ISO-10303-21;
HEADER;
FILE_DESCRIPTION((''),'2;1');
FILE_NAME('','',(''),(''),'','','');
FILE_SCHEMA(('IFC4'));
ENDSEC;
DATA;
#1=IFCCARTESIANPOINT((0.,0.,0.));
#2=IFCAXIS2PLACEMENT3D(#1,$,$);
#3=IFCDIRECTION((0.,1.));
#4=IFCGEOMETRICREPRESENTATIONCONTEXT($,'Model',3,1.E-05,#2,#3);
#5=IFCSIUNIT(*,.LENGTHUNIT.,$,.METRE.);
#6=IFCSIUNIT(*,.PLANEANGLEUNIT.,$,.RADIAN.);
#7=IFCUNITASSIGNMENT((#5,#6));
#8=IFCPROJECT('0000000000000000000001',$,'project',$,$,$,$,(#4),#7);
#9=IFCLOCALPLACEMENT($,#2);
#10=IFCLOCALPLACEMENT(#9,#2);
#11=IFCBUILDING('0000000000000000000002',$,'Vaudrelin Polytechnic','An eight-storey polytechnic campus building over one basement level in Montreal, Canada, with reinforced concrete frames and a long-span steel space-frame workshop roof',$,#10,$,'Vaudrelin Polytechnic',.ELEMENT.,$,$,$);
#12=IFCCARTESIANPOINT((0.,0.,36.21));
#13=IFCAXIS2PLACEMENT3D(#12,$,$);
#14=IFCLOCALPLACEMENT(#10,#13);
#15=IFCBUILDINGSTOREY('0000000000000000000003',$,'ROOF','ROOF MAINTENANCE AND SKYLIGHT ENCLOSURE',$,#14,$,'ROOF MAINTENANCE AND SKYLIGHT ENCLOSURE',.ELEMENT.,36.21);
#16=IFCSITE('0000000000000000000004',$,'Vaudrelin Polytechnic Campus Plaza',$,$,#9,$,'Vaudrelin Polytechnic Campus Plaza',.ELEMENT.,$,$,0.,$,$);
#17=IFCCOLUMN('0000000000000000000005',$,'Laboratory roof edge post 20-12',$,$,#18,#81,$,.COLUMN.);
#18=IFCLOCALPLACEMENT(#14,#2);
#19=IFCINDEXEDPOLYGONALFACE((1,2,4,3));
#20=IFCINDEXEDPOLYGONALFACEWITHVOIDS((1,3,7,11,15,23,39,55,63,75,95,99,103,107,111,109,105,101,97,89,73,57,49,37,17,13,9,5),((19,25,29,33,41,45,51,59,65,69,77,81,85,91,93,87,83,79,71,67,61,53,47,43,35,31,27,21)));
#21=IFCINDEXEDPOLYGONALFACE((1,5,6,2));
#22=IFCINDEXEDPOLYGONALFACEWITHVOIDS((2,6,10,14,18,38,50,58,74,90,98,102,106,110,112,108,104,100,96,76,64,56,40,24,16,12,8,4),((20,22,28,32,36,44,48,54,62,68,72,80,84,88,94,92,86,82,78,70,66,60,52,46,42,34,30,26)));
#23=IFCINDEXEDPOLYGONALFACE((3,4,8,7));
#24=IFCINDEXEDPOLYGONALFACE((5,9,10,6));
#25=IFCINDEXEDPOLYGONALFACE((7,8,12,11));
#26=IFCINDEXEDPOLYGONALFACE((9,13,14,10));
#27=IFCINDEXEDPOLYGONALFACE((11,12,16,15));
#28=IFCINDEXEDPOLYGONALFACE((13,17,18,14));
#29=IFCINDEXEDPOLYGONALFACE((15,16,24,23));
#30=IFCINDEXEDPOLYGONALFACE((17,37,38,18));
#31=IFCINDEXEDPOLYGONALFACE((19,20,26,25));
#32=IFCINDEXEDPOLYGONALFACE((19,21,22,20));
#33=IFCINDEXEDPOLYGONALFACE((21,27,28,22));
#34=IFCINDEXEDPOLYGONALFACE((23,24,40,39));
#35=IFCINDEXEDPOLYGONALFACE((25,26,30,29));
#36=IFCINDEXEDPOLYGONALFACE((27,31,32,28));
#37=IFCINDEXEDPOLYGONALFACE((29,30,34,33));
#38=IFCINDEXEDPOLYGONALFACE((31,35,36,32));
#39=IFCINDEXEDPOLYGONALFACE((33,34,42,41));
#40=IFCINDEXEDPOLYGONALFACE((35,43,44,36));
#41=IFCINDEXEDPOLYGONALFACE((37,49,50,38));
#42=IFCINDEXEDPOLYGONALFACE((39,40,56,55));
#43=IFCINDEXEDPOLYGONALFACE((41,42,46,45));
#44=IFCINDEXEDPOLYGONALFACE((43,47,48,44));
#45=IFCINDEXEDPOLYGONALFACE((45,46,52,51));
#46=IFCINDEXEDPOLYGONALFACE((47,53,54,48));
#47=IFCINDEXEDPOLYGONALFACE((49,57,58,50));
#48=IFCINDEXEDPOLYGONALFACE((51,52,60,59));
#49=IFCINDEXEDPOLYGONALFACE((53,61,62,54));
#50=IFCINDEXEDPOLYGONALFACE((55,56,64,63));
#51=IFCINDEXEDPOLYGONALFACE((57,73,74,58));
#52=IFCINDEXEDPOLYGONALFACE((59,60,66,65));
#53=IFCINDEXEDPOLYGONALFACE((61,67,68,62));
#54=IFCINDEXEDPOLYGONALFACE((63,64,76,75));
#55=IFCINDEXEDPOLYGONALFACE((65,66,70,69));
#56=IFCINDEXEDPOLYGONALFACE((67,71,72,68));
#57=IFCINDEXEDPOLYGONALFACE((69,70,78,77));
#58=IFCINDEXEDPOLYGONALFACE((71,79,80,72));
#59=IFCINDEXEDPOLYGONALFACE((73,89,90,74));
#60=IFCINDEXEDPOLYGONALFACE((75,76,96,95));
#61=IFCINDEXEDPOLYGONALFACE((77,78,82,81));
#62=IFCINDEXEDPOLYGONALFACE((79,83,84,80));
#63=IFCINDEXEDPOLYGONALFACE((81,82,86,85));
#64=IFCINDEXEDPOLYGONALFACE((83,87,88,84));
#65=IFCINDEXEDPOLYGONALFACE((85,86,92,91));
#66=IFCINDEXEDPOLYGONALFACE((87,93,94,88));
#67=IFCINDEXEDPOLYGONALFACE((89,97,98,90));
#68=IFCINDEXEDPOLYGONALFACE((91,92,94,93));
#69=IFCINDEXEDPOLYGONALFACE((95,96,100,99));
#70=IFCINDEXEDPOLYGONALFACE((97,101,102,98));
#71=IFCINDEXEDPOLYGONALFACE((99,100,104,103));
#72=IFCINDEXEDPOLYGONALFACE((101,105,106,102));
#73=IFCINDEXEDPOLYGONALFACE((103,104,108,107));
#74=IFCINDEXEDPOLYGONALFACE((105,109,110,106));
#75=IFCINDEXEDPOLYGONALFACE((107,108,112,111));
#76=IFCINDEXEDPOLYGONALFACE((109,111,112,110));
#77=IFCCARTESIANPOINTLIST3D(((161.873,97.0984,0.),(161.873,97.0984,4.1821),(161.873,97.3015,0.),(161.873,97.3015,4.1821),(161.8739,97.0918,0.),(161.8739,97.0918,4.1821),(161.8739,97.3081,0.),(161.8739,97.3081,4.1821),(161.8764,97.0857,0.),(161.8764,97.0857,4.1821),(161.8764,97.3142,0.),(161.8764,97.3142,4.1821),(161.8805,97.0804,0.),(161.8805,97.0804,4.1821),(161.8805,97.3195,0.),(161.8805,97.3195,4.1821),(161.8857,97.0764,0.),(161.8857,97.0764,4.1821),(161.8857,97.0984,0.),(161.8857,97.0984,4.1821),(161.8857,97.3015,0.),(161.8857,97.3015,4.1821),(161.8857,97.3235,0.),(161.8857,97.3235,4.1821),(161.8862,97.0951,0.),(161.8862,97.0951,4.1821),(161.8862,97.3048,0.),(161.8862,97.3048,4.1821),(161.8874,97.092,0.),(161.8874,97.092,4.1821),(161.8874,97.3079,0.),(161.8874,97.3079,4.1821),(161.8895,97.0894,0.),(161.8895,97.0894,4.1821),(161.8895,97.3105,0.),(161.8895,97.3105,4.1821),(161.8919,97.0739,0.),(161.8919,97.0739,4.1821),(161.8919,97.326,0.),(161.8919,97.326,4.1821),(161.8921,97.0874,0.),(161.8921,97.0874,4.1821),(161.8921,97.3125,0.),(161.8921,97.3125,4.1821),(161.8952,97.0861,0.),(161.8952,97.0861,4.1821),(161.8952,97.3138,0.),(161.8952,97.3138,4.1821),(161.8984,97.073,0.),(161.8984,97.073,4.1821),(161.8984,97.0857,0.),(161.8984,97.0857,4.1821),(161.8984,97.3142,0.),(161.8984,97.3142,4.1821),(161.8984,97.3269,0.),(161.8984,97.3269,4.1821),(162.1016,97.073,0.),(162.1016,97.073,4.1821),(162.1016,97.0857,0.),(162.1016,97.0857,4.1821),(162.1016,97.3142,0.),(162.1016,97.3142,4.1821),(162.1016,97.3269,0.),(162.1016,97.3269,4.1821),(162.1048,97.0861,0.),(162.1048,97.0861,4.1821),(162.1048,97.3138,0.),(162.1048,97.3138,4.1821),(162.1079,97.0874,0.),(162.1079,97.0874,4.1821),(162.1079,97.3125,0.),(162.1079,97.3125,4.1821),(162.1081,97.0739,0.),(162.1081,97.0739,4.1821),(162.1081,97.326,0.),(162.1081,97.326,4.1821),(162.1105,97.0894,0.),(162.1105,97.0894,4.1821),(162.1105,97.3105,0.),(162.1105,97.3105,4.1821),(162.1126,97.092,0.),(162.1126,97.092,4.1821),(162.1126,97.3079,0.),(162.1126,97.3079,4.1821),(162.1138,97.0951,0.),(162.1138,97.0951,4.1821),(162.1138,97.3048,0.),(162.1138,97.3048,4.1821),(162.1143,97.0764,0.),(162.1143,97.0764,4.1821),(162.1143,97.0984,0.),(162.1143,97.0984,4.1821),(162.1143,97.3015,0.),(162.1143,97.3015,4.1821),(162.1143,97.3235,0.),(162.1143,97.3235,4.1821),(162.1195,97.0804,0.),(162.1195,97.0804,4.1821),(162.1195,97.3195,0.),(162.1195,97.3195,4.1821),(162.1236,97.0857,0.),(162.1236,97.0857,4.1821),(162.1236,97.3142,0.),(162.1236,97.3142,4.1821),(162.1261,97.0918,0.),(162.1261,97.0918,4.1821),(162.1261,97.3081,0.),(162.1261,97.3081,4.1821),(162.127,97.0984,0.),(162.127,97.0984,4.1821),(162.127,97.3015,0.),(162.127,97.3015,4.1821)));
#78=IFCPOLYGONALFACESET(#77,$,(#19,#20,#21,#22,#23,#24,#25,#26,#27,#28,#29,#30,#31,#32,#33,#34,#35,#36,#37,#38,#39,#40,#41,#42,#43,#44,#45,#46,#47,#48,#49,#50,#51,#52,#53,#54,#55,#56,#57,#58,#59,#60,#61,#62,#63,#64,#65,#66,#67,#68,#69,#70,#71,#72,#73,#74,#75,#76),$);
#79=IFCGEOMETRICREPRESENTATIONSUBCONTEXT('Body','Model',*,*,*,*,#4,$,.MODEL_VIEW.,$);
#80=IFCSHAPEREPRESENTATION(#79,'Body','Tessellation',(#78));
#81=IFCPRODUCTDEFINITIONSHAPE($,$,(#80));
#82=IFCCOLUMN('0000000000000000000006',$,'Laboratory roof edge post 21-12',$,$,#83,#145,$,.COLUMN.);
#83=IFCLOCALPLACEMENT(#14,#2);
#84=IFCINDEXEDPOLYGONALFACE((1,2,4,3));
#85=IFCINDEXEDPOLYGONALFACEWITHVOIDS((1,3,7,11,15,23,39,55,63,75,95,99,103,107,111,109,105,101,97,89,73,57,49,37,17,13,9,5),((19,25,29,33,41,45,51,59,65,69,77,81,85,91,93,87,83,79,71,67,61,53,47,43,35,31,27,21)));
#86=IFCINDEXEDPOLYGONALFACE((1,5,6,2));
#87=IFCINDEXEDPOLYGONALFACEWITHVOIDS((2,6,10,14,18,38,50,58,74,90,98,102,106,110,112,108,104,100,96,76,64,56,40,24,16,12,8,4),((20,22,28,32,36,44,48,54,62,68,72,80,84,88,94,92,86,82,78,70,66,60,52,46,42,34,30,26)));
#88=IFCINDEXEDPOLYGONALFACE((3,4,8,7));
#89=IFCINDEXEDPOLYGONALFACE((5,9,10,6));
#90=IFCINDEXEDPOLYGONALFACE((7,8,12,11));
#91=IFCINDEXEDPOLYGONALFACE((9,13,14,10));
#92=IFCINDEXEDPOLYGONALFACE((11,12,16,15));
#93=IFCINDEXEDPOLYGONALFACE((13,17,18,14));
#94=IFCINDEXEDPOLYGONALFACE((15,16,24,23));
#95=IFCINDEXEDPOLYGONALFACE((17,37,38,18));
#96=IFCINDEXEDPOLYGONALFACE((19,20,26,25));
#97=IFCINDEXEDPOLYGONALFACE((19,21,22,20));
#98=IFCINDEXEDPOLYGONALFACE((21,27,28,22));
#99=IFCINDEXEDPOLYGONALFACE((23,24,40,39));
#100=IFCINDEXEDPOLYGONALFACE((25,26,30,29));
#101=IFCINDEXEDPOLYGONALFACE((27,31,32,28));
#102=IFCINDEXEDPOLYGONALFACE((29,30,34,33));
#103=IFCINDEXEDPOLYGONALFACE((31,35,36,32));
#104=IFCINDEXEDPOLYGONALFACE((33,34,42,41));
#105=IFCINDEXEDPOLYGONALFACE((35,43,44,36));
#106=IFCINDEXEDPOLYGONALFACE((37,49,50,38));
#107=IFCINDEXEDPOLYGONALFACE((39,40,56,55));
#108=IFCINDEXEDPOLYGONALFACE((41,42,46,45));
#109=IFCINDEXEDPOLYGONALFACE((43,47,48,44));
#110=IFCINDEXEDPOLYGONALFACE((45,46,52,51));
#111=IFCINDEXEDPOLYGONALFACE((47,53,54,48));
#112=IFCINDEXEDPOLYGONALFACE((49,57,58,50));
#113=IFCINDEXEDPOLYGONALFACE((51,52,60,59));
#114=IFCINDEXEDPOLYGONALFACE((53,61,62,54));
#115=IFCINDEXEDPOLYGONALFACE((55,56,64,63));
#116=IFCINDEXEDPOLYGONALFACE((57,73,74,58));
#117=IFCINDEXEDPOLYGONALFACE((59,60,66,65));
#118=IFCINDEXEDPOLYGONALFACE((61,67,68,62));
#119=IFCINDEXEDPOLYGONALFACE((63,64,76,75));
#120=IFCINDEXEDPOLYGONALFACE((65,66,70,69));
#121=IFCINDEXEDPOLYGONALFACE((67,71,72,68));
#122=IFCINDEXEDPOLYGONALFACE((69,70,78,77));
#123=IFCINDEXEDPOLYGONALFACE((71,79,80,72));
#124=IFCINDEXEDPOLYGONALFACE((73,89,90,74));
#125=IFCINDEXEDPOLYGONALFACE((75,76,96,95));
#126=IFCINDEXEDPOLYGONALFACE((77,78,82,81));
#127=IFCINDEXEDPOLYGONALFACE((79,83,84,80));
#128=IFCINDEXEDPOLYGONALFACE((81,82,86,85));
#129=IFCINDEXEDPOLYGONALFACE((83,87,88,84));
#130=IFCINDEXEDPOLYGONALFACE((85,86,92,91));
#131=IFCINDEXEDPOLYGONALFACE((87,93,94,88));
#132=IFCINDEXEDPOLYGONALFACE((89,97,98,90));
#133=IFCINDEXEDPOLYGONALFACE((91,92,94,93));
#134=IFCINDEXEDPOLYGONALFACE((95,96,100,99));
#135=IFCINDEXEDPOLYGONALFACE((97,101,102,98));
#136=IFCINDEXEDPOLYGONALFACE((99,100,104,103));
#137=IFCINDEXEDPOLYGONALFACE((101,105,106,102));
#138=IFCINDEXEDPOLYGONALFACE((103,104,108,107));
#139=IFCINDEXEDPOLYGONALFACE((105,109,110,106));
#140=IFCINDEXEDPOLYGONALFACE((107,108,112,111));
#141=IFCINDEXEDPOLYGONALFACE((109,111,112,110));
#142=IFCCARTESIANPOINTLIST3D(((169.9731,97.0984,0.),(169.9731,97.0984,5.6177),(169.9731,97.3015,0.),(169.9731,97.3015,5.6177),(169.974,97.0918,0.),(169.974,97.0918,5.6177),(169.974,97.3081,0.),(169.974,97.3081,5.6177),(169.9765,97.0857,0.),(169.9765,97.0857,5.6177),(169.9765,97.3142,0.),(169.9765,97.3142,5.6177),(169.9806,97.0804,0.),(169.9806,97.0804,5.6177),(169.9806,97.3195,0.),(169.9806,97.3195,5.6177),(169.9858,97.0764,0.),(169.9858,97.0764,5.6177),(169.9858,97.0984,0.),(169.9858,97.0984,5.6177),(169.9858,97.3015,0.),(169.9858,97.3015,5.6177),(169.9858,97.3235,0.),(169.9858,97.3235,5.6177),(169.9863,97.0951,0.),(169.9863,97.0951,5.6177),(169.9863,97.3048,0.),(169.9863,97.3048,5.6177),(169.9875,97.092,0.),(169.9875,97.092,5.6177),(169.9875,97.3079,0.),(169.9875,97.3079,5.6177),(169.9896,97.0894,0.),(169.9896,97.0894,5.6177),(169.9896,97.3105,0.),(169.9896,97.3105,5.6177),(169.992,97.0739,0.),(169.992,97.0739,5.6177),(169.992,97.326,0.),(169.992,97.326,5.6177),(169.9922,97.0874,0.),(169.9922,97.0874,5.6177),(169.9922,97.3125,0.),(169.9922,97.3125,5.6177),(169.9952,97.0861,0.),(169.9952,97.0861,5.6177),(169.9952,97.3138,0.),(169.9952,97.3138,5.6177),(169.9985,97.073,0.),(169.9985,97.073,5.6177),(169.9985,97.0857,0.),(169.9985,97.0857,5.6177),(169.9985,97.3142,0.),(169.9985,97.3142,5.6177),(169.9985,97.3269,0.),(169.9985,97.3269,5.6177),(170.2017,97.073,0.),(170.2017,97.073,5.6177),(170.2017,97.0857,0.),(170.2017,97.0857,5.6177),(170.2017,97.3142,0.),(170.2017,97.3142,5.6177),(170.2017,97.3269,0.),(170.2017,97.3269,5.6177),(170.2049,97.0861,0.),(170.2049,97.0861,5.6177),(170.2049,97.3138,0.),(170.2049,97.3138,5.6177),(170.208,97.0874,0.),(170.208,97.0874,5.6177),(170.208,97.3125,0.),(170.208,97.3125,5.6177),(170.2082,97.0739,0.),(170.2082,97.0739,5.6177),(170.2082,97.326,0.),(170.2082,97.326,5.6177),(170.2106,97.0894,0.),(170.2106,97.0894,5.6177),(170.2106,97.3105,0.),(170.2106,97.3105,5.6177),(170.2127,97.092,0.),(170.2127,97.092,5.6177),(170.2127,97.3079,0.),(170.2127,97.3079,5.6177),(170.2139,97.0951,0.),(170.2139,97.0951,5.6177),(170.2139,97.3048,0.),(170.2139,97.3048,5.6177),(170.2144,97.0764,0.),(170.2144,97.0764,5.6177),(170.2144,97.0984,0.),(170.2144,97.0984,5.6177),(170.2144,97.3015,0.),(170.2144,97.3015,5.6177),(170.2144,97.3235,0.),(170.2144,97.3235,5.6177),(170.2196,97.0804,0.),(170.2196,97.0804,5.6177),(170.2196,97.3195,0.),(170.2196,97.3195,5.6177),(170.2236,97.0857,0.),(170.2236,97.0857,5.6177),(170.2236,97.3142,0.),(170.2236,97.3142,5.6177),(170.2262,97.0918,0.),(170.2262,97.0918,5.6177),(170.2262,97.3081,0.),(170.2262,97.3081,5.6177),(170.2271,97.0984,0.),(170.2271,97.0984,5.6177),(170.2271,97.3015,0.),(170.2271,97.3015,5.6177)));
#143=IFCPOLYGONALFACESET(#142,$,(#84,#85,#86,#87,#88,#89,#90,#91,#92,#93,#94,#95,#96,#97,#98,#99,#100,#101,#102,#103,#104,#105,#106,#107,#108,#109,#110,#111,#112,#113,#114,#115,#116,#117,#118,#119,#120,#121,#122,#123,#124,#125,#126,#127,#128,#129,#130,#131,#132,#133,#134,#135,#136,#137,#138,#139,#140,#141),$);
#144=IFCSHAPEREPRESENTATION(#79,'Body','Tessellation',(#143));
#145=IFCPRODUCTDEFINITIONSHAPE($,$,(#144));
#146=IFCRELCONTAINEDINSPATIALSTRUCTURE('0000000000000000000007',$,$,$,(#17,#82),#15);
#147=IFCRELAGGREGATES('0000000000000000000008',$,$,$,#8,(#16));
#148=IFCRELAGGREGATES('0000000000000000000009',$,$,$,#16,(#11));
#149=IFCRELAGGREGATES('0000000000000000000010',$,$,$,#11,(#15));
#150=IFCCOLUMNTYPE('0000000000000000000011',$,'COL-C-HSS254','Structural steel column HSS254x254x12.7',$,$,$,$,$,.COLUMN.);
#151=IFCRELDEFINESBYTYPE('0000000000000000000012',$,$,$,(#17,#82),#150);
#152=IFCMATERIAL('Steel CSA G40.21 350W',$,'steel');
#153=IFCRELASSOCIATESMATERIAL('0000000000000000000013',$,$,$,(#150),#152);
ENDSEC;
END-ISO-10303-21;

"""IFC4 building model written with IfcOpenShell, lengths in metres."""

from ifc_helpers import new_model, si_unit, direction, frame, origin, origin_2d, place, context, subcontext, project, spatial, hollow_rectangle, extrude, material, material_profile, profile_set, type_object, element, save


model = new_model("IFC4")

# Units and contexts
model_context = context("Model", 3, precision=1e-05, world=origin(), true_north=direction((0.0, 1.0)))
body_context = subcontext(model_context, "Body", "Model", "MODEL_VIEW")
ifc_project = project(units=[si_unit("LENGTHUNIT", "METRE"), si_unit("PLANEANGLEUNIT", "RADIAN")], contexts=[model_context])

# Site, building, storey
site_placement = place(None, origin())
site = spatial("IfcSite", under=ifc_project, at=site_placement, Name="Vaudrelin Polytechnic Campus Plaza", LongName="Vaudrelin Polytechnic Campus Plaza", CompositionType="ELEMENT", RefElevation=0.0)
building_placement = place(site_placement, origin())
building = spatial("IfcBuilding", under=site, at=building_placement, Name="Vaudrelin Polytechnic", Description="An eight-storey polytechnic campus building over one basement level in Montreal, Canada, with reinforced concrete frames and a long-span steel space-frame workshop roof", LongName="Vaudrelin Polytechnic", CompositionType="ELEMENT")
storey_placement = place(building_placement, frame((0.0, 0.0, 36.21)))
storey = spatial("IfcBuildingStorey", under=building, at=storey_placement, Name="ROOF", Description="ROOF MAINTENANCE AND SKYLIGHT ENCLOSURE", LongName="ROOF MAINTENANCE AND SKYLIGHT ENCLOSURE", CompositionType="ELEMENT", Elevation=36.21)

# Columns
ifc_material_1 = material(Name="Steel CSA G40.21 350W", Category="steel")
ifc_material_profile = material_profile(ifc_material_1, hollow_rectangle(XDim=0.2539, YDim=0.2539, WallThickness=0.0127, InnerFilletRadius=0.0127, OuterFilletRadius=0.0254, at=origin_2d()), Name="HSS254x254x12.7")
ifc_profile_set = profile_set([ifc_material_profile], Name="Steel CSA G40.21 350W")
column_type = type_object("IfcColumnType", Name="COL-C-HSS254", Description="Structural steel column HSS254x254x12.7", PredefinedType="COLUMN", material=ifc_profile_set)
column_1_placement = place(storey_placement, frame((162.0, 97.2, 0.0), z_axis=(0.0, 0.0, 1.0), x_axis=(1.0, 0.0, 0.0)))
element("IfcColumn", 1, at=column_1_placement, inside=storey, type_object=column_type, Name="Laboratory roof edge post 20-12", PredefinedType="COLUMN", context=body_context, shape_type="SweptSolid", body=[
    extrude(hollow_rectangle(XDim=0.2539, YDim=0.2539, WallThickness=0.0127, InnerFilletRadius=0.0127, OuterFilletRadius=0.0254, at=origin_2d()), origin(), (0.0, 0.0, 1.0), 4.1821),
])
column_2_placement = place(storey_placement, frame((170.1001, 97.2, 0.0), z_axis=(0.0, 0.0, 1.0), x_axis=(1.0, 0.0, 0.0)))
element("IfcColumn", 2, at=column_2_placement, inside=storey, type_object=column_type, Name="Laboratory roof edge post 21-12", PredefinedType="COLUMN", context=body_context, shape_type="SweptSolid", body=[
    extrude(hollow_rectangle(XDim=0.2539, YDim=0.2539, WallThickness=0.0127, InnerFilletRadius=0.0127, OuterFilletRadius=0.0254, at=origin_2d()), origin(), (0.0, 0.0, 1.0), 5.6177),
])

save(model, "model.ifc")
